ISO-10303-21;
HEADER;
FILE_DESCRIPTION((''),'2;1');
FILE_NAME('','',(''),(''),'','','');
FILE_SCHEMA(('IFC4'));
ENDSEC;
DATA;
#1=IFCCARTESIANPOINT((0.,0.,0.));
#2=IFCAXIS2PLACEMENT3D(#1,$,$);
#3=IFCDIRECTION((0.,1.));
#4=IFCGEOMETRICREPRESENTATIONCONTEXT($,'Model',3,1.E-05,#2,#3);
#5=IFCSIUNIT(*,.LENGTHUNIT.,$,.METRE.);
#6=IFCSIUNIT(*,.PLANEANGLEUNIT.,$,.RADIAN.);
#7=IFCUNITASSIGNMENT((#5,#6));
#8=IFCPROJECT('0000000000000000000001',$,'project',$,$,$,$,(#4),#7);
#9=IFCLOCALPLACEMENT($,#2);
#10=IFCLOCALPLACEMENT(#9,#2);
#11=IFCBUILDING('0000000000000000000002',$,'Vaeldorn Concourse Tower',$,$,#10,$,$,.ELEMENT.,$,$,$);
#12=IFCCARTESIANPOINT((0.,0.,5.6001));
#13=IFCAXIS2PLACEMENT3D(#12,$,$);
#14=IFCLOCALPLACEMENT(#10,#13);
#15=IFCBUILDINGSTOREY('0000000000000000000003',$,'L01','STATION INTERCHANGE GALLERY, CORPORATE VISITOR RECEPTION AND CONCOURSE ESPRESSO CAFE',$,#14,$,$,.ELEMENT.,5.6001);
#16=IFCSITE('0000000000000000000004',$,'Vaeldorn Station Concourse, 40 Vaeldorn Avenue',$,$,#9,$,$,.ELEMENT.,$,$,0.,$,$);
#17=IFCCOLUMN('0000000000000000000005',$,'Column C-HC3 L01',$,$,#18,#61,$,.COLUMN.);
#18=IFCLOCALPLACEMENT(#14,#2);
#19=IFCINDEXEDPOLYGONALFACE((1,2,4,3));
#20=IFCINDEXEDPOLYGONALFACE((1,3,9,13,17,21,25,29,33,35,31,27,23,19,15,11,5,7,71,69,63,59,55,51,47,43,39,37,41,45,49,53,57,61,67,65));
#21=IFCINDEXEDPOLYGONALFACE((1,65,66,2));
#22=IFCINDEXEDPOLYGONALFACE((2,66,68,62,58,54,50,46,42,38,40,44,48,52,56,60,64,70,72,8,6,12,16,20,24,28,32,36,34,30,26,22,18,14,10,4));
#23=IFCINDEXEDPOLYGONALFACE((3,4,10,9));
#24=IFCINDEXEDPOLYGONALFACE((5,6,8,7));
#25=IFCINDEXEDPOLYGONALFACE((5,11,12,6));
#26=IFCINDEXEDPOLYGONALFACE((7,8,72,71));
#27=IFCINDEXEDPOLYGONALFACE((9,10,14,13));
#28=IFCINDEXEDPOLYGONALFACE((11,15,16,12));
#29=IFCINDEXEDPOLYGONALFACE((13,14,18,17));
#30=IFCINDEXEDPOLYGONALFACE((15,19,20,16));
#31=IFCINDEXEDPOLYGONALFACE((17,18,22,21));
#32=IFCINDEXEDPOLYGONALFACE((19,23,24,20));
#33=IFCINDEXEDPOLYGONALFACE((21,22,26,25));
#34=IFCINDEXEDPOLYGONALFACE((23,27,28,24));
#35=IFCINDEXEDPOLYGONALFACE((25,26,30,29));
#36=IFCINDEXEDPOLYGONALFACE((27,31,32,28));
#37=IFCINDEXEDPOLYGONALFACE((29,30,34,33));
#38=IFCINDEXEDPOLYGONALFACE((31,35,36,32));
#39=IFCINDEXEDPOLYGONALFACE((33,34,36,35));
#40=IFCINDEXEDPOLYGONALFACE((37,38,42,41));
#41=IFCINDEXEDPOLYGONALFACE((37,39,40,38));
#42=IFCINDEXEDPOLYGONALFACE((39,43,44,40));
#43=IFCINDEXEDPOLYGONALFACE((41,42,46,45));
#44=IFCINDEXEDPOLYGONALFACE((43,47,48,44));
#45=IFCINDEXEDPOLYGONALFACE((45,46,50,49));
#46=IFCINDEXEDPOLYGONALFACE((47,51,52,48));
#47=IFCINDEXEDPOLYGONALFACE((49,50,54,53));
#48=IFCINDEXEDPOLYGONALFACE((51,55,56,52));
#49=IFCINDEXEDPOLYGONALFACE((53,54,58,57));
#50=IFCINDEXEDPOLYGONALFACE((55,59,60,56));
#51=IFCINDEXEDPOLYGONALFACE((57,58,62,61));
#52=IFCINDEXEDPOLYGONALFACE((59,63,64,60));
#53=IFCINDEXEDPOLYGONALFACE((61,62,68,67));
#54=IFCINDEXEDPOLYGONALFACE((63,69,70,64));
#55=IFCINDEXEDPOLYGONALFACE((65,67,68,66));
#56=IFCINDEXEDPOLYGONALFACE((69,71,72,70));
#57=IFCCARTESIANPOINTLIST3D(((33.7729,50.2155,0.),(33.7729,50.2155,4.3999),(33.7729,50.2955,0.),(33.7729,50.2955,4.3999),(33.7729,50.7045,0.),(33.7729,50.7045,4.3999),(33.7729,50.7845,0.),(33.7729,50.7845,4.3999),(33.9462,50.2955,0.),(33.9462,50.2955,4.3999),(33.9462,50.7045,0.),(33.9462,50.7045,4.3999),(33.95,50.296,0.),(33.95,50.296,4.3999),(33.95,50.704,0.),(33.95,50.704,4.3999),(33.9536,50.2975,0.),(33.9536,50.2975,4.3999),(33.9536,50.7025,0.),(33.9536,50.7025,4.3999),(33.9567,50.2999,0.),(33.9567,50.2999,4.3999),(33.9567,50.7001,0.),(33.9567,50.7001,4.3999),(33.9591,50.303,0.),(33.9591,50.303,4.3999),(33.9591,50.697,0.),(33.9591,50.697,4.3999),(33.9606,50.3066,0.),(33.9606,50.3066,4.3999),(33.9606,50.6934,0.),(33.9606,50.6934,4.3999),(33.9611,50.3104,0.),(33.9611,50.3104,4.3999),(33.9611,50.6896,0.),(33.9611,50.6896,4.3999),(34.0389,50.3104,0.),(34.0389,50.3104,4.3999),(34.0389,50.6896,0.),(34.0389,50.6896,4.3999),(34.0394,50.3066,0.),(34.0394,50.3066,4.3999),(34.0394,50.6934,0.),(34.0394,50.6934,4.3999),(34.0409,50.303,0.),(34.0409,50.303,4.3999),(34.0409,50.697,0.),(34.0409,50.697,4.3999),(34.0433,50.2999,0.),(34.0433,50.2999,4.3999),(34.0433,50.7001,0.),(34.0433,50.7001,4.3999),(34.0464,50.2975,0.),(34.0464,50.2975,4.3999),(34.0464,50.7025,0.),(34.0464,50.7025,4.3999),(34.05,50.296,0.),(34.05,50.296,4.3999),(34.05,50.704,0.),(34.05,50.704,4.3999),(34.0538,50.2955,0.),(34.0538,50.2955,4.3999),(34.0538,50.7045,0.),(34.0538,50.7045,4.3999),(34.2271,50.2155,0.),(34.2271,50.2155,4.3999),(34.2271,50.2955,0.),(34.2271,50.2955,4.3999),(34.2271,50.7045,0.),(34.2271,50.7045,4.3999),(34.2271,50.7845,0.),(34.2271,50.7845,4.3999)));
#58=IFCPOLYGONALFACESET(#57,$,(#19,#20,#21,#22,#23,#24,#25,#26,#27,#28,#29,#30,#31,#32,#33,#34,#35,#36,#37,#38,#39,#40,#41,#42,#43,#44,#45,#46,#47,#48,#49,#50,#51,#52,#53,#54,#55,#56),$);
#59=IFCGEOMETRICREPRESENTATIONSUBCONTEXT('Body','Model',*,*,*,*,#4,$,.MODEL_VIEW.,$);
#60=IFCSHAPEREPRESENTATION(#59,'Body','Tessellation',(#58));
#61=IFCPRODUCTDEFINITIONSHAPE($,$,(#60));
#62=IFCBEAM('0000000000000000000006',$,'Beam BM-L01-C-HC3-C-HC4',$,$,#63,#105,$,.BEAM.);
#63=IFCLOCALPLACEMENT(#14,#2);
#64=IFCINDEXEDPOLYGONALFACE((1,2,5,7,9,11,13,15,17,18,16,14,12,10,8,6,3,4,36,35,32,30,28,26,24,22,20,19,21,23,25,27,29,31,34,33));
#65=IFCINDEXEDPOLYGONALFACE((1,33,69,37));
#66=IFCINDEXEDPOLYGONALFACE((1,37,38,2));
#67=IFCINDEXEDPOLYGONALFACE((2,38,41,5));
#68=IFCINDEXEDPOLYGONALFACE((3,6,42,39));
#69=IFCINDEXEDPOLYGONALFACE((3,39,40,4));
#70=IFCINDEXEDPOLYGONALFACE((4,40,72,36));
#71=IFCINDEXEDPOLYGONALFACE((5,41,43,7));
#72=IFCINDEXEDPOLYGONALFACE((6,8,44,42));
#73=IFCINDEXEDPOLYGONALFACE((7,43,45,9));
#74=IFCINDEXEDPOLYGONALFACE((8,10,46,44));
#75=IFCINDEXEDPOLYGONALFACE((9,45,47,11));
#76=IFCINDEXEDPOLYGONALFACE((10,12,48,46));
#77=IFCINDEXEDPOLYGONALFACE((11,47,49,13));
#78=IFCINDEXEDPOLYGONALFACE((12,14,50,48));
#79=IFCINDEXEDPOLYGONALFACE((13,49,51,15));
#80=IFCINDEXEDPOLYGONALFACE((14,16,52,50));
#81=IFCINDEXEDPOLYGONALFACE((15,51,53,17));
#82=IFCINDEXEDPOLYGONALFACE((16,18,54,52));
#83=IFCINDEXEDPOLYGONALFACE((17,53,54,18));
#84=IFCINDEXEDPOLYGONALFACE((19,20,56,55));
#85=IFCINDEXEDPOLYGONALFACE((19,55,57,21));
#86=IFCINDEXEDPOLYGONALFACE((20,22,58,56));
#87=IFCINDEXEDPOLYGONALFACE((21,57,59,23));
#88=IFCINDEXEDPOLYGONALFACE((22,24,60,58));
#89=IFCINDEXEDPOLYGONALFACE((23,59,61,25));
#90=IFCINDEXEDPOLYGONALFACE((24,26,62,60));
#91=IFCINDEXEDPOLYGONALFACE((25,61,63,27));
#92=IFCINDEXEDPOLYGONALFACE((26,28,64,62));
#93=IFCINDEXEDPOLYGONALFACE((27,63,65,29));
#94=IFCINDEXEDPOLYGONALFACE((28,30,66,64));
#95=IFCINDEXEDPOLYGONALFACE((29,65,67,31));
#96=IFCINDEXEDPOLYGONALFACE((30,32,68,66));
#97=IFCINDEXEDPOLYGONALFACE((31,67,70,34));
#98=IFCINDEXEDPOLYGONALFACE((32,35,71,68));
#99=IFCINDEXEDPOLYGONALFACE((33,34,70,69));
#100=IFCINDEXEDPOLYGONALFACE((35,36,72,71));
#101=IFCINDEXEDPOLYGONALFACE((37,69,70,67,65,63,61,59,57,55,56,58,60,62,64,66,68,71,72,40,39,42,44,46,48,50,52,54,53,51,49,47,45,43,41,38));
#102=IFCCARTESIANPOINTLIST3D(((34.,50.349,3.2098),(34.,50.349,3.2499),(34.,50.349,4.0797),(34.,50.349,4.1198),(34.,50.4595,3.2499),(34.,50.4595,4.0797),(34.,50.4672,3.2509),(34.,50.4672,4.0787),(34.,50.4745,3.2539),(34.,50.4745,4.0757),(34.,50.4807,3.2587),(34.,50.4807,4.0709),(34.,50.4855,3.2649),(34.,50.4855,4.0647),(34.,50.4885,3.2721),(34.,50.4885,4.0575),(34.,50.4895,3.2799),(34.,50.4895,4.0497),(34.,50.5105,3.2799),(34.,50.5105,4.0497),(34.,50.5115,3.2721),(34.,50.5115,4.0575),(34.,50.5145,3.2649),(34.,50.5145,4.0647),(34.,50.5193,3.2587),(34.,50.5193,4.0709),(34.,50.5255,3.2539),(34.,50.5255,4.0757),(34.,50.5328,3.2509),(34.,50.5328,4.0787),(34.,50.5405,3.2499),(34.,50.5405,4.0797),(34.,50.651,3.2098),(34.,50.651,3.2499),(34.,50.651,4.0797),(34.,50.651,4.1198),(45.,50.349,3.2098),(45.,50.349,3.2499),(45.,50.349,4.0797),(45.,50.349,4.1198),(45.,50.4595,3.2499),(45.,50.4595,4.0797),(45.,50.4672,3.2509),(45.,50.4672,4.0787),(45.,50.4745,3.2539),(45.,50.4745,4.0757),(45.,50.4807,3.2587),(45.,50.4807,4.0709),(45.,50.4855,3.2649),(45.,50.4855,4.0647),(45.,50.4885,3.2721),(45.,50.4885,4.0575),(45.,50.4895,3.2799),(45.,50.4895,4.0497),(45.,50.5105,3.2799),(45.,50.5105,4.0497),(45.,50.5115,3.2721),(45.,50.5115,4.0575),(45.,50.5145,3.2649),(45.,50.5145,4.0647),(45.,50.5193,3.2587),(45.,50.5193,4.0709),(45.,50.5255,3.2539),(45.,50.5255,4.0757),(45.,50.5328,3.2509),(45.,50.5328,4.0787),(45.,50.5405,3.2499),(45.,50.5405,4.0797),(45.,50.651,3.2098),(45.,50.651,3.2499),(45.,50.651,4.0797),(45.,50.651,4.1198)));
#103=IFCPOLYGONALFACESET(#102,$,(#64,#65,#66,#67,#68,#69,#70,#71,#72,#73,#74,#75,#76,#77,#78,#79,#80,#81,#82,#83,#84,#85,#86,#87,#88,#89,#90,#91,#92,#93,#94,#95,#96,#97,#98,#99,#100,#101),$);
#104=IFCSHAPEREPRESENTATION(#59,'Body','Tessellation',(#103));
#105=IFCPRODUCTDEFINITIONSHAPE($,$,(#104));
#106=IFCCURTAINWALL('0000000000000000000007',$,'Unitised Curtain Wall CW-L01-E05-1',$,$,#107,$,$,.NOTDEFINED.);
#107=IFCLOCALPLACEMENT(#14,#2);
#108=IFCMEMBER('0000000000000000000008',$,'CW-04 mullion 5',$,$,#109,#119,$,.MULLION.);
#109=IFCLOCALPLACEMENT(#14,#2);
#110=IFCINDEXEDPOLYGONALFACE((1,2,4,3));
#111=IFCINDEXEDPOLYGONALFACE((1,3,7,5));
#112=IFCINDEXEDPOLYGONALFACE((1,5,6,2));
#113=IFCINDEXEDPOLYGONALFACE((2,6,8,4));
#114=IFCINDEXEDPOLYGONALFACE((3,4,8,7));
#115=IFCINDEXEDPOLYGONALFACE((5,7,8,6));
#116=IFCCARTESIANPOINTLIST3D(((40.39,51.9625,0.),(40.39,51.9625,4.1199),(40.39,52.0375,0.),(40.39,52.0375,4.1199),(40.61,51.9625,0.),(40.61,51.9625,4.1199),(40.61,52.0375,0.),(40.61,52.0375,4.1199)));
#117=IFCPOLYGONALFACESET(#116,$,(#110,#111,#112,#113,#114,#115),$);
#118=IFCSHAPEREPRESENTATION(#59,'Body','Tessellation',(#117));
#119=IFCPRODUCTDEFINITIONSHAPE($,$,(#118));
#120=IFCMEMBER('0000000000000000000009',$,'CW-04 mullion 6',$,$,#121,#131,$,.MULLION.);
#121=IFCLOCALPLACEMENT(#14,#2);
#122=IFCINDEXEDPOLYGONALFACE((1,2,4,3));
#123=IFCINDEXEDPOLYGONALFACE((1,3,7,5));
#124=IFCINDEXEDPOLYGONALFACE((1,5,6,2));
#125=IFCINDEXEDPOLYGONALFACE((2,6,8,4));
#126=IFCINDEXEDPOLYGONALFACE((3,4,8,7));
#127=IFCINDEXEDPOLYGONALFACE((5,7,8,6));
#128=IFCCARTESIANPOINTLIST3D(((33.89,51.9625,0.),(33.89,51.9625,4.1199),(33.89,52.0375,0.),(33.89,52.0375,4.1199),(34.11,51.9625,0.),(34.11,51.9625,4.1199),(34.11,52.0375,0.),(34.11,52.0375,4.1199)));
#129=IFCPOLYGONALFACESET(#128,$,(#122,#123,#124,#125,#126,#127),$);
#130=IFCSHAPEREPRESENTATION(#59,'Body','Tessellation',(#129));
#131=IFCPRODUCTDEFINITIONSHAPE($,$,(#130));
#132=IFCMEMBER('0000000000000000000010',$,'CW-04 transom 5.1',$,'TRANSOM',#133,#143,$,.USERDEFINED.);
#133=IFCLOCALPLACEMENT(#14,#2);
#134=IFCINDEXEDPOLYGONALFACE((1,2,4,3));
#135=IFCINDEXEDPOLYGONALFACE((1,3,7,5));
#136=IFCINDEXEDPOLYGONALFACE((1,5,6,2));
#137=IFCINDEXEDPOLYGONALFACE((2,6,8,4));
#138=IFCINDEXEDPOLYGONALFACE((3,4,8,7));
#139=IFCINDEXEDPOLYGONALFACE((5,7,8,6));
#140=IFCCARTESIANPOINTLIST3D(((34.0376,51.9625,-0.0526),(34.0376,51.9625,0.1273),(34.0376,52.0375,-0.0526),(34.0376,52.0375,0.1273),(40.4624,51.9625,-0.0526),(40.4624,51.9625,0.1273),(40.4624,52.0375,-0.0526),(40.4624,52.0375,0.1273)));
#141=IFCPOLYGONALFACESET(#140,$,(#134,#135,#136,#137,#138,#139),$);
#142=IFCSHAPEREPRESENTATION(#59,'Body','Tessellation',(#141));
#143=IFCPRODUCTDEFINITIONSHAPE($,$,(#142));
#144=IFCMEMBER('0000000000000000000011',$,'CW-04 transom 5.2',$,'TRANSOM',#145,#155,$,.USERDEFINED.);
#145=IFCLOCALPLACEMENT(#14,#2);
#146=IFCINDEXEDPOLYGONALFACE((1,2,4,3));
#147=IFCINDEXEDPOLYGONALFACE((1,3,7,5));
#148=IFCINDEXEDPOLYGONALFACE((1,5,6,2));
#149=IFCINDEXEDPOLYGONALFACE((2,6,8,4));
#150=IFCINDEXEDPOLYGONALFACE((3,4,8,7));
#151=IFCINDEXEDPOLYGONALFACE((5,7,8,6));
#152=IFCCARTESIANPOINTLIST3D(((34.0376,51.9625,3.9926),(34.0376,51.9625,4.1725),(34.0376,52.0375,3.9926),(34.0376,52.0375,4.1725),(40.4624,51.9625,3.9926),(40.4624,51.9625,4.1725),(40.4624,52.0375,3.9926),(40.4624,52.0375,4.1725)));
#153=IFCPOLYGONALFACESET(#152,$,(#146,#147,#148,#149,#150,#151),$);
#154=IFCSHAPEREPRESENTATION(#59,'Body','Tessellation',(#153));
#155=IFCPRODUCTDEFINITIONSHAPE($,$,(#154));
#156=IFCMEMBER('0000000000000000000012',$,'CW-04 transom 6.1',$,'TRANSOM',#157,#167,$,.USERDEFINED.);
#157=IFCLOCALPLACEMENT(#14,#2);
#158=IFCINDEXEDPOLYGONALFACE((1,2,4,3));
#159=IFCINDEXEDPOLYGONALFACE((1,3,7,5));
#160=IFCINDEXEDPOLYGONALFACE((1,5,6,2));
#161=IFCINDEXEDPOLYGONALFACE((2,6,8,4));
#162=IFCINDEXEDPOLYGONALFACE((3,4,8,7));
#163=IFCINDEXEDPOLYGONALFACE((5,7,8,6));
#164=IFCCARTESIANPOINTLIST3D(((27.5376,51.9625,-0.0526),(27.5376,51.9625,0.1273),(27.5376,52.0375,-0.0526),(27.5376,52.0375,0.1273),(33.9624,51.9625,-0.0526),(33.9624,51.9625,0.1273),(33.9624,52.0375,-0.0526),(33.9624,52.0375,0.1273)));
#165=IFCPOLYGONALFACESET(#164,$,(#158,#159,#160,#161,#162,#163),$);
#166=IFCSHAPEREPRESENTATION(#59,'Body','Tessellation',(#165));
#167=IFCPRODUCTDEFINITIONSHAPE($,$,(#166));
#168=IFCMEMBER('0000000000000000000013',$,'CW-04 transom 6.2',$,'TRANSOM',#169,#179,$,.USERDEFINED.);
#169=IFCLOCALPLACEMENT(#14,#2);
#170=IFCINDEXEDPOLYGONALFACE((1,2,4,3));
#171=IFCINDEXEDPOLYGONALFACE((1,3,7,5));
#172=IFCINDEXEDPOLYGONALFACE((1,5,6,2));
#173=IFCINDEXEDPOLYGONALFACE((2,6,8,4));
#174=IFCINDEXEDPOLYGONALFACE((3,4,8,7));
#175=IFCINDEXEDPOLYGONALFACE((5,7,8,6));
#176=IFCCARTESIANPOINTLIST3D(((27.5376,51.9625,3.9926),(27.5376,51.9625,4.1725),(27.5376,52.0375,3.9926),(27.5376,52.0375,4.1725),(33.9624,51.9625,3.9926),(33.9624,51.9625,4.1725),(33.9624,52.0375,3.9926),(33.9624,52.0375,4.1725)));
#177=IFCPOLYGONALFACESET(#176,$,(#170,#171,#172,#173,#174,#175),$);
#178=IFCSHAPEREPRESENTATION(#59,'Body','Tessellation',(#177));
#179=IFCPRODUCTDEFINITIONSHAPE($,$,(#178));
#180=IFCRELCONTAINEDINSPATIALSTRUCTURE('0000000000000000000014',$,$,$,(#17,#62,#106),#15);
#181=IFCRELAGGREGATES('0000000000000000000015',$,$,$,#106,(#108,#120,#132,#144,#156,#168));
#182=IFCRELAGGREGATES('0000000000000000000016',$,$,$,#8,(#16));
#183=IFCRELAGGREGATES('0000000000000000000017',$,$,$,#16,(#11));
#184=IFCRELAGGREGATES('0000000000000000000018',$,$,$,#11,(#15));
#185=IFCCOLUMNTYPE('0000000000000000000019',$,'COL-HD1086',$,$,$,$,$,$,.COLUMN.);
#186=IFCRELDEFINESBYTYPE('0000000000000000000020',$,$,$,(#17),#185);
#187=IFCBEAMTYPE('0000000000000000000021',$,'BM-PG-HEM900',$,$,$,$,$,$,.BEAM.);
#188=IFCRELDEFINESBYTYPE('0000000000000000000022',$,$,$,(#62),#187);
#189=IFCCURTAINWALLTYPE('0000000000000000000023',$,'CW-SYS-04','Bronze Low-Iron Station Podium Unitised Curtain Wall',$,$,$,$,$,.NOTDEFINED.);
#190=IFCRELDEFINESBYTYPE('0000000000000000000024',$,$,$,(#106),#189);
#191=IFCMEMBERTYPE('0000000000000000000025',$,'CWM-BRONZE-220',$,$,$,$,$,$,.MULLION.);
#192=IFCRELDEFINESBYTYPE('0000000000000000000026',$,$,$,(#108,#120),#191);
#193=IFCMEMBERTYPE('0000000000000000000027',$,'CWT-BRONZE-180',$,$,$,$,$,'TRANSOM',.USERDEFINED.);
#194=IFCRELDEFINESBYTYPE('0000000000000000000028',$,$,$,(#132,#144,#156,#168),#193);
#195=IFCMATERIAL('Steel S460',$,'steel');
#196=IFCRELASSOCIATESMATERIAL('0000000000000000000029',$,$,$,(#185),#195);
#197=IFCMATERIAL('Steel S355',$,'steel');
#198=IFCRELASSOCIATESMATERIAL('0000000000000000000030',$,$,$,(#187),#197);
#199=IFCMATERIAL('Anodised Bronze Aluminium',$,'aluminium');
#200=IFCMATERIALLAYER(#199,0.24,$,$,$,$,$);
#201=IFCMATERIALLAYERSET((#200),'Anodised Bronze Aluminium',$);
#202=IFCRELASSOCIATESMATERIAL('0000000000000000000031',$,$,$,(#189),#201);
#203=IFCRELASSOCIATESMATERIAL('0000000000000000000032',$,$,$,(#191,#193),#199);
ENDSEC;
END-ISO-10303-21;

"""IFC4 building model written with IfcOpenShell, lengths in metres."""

from ifc_helpers import new_model, si_unit, direction, frame, origin, origin_2d, place, context, subcontext, project, spatial, rectangle, i_section, extrude, source, transform, mapped, material, layer, layer_set, material_profile, profile_set, type_object, element, aggregate, save


model = new_model("IFC4")

# Units and contexts
model_context = context("Model", 3, precision=1e-05, world=origin(), true_north=direction((0.0, 1.0)))
body_context = subcontext(model_context, "Body", "Model", "MODEL_VIEW")
ifc_project = project(units=[si_unit("LENGTHUNIT", "METRE"), si_unit("PLANEANGLEUNIT", "RADIAN")], contexts=[model_context])

# Site, building, storey
site_placement = place(None, origin())
site = spatial("IfcSite", under=ifc_project, at=site_placement, Name="Vaeldorn Station Concourse, 40 Vaeldorn Avenue", CompositionType="ELEMENT", RefElevation=0.0)
building_placement = place(site_placement, origin())
building = spatial("IfcBuilding", under=site, at=building_placement, Name="Vaeldorn Concourse Tower", CompositionType="ELEMENT")
storey_placement = place(building_placement, frame((0.0, 0.0, 5.6001)))
storey = spatial("IfcBuildingStorey", under=building, at=storey_placement, Name="L01", Description="STATION INTERCHANGE GALLERY, CORPORATE VISITOR RECEPTION AND CONCOURSE ESPRESSO CAFE", CompositionType="ELEMENT", Elevation=5.6001)

# Column
ifc_material_1 = material(Name="Steel S460", Category="steel")
ifc_material_profile_1 = material_profile(ifc_material_1, i_section(OverallWidth=0.4541, OverallDepth=0.5691, WebThickness=0.0779, FlangeThickness=0.0801, FilletRadius=0.0149, at=origin_2d()), Name="HD 400x1086")
ifc_profile_set_1 = profile_set([ifc_material_profile_1], Name="Steel S460")
column_type = type_object("IfcColumnType", Name="COL-HD1086", PredefinedType="COLUMN", material=ifc_profile_set_1)
shared_shape_1 = source(origin(), body_context, "Body", "SweptSolid", [
    extrude(i_section(OverallWidth=0.4541, OverallDepth=0.5691, WebThickness=0.0779, FlangeThickness=0.0801, FilletRadius=0.0149, at=origin_2d()), origin(), (0.0, 0.0, 1.0), 4.3999),
])
column_placement = place(storey_placement, frame((34.0, 50.5, 0.0), z_axis=(0.0, 0.0, 1.0), x_axis=(1.0, 0.0, 0.0)))
element("IfcColumn", 1, at=column_placement, inside=storey, type_object=column_type, Name="Column C-HC3 L01", PredefinedType="COLUMN", context=body_context, shape_type="MappedRepresentation", body=[
    mapped(shared_shape_1, transform((0.0, 0.0, 0.0), scale=1.0)),
])

# Beam
ifc_material_2 = material(Name="Steel S355", Category="steel")
ifc_material_profile_2 = material_profile(ifc_material_2, i_section(OverallWidth=0.302, OverallDepth=0.9099, WebThickness=0.021, FlangeThickness=0.04, FilletRadius=0.03, at=origin_2d()), Name="HEM 900")
ifc_profile_set_2 = profile_set([ifc_material_profile_2], Name="Steel S355")
beam_type = type_object("IfcBeamType", Name="BM-PG-HEM900", PredefinedType="BEAM", material=ifc_profile_set_2)
shared_shape_2 = source(origin(), body_context, "Body", "SweptSolid", [
    extrude(i_section(OverallWidth=0.302, OverallDepth=0.9099, WebThickness=0.021, FlangeThickness=0.04, FilletRadius=0.03, at=origin_2d()), origin(), (0.0, 0.0, 1.0), 11.0),
])
beam_placement = place(storey_placement, frame((34.0, 50.5, 3.6648), z_axis=(1.0, 0.0, 0.0), x_axis=(0.0, 1.0, 0.0)))
element("IfcBeam", 2, at=beam_placement, inside=storey, type_object=beam_type, Name="Beam BM-L01-C-HC3-C-HC4", PredefinedType="BEAM", context=body_context, shape_type="MappedRepresentation", body=[
    mapped(shared_shape_2, transform((0.0, 0.0, 0.0), scale=1.0)),
])

# Curtain wall, members
ifc_material_3 = material(Name="Anodised Bronze Aluminium", Category="aluminium")
ifc_layer_1 = layer(ifc_material_3, 0.24)
ifc_layer_set_1 = layer_set([ifc_layer_1], Name="Anodised Bronze Aluminium")
curtain_wall_type = type_object("IfcCurtainWallType", Name="CW-SYS-04", Description="Bronze Low-Iron Station Podium Unitised Curtain Wall", PredefinedType="NOTDEFINED", material=ifc_layer_set_1)
curtain_wall_placement = place(storey_placement, origin())
curtain_wall = element("IfcCurtainWall", 3, at=curtain_wall_placement, inside=storey, type_object=curtain_wall_type, Name="Unitised Curtain Wall CW-L01-E05-1", PredefinedType="NOTDEFINED")
ifc_material_profile_3 = material_profile(ifc_material_3, rectangle(XDim=0.075, YDim=0.22, at=origin_2d()), Name="CWM 75x220")
ifc_profile_set_3 = profile_set([ifc_material_profile_3], Name="Anodised Bronze Aluminium")
member_type_1 = type_object("IfcMemberType", Name="CWM-BRONZE-220", PredefinedType="MULLION", material=ifc_profile_set_3)
shared_shape_3 = source(origin(), body_context, "Body", "SweptSolid", [
    extrude(rectangle(XDim=0.075, YDim=0.22, at=origin_2d()), origin(), (0.0, 0.0, 1.0), 4.1199),
])
member_1_placement = place(storey_placement, frame((40.5, 52.0, 0.0), z_axis=(0.0, 0.0, 1.0), x_axis=(0.0, -1.0, 0.0)))
member_1 = element("IfcMember", 4, at=member_1_placement, type_object=member_type_1, Name="CW-04 mullion 5", PredefinedType="MULLION", context=body_context, shape_type="MappedRepresentation", body=[
    mapped(shared_shape_3, transform((0.0, 0.0, 0.0), scale=1.0)),
])
member_2_placement = place(storey_placement, frame((34.0, 52.0, 0.0), z_axis=(0.0, 0.0, 1.0), x_axis=(0.0, -1.0, 0.0)))
member_2 = element("IfcMember", 5, at=member_2_placement, type_object=member_type_1, Name="CW-04 mullion 6", PredefinedType="MULLION", context=body_context, shape_type="MappedRepresentation", body=[
    mapped(shared_shape_3, transform((0.0, 0.0, 0.0), scale=1.0)),
])
ifc_material_profile_4 = material_profile(ifc_material_3, rectangle(XDim=0.075, YDim=0.1799, at=origin_2d()), Name="CWT 75x180")
ifc_profile_set_4 = profile_set([ifc_material_profile_4], Name="Anodised Bronze Aluminium")
member_type_2 = type_object("IfcMemberType", Name="CWT-BRONZE-180", ElementType="TRANSOM", PredefinedType="USERDEFINED", material=ifc_profile_set_4)
shared_shape_4 = source(origin(), body_context, "Body", "SweptSolid", [
    extrude(rectangle(XDim=0.075, YDim=0.1799, at=origin_2d()), origin(), (0.0, 0.0, 1.0), 6.4248),
])
member_3_placement = place(storey_placement, frame((40.4624, 52.0, 0.0374), z_axis=(-1.0, 0.0, 0.0), x_axis=(0.0, -1.0, 0.0)))
member_3 = element("IfcMember", 6, at=member_3_placement, type_object=member_type_2, Name="CW-04 transom 5.1", ObjectType="TRANSOM", PredefinedType="USERDEFINED", context=body_context, shape_type="MappedRepresentation", body=[
    mapped(shared_shape_4, transform((0.0, 0.0, 0.0), scale=1.0)),
])
member_4_placement = place(storey_placement, frame((40.4624, 52.0, 4.0825), z_axis=(-1.0, 0.0, 0.0), x_axis=(0.0, -1.0, 0.0)))
member_4 = element("IfcMember", 7, at=member_4_placement, type_object=member_type_2, Name="CW-04 transom 5.2", ObjectType="TRANSOM", PredefinedType="USERDEFINED", context=body_context, shape_type="MappedRepresentation", body=[
    mapped(shared_shape_4, transform((0.0, 0.0, 0.0), scale=1.0)),
])
member_5_placement = place(storey_placement, frame((33.9624, 52.0, 0.0374), z_axis=(-1.0, 0.0, 0.0), x_axis=(0.0, -1.0, 0.0)))
member_5 = element("IfcMember", 8, at=member_5_placement, type_object=member_type_2, Name="CW-04 transom 6.1", ObjectType="TRANSOM", PredefinedType="USERDEFINED", context=body_context, shape_type="MappedRepresentation", body=[
    mapped(shared_shape_4, transform((0.0, 0.0, 0.0), scale=1.0)),
])
member_6_placement = place(storey_placement, frame((33.9624, 52.0, 4.0825), z_axis=(-1.0, 0.0, 0.0), x_axis=(0.0, -1.0, 0.0)))
member_6 = element("IfcMember", 9, at=member_6_placement, type_object=member_type_2, Name="CW-04 transom 6.2", ObjectType="TRANSOM", PredefinedType="USERDEFINED", context=body_context, shape_type="MappedRepresentation", body=[
    mapped(shared_shape_4, transform((0.0, 0.0, 0.0), scale=1.0)),
])
aggregate(curtain_wall, [member_1, member_2, member_3, member_4, member_5, member_6])

save(model, "model.ifc")
